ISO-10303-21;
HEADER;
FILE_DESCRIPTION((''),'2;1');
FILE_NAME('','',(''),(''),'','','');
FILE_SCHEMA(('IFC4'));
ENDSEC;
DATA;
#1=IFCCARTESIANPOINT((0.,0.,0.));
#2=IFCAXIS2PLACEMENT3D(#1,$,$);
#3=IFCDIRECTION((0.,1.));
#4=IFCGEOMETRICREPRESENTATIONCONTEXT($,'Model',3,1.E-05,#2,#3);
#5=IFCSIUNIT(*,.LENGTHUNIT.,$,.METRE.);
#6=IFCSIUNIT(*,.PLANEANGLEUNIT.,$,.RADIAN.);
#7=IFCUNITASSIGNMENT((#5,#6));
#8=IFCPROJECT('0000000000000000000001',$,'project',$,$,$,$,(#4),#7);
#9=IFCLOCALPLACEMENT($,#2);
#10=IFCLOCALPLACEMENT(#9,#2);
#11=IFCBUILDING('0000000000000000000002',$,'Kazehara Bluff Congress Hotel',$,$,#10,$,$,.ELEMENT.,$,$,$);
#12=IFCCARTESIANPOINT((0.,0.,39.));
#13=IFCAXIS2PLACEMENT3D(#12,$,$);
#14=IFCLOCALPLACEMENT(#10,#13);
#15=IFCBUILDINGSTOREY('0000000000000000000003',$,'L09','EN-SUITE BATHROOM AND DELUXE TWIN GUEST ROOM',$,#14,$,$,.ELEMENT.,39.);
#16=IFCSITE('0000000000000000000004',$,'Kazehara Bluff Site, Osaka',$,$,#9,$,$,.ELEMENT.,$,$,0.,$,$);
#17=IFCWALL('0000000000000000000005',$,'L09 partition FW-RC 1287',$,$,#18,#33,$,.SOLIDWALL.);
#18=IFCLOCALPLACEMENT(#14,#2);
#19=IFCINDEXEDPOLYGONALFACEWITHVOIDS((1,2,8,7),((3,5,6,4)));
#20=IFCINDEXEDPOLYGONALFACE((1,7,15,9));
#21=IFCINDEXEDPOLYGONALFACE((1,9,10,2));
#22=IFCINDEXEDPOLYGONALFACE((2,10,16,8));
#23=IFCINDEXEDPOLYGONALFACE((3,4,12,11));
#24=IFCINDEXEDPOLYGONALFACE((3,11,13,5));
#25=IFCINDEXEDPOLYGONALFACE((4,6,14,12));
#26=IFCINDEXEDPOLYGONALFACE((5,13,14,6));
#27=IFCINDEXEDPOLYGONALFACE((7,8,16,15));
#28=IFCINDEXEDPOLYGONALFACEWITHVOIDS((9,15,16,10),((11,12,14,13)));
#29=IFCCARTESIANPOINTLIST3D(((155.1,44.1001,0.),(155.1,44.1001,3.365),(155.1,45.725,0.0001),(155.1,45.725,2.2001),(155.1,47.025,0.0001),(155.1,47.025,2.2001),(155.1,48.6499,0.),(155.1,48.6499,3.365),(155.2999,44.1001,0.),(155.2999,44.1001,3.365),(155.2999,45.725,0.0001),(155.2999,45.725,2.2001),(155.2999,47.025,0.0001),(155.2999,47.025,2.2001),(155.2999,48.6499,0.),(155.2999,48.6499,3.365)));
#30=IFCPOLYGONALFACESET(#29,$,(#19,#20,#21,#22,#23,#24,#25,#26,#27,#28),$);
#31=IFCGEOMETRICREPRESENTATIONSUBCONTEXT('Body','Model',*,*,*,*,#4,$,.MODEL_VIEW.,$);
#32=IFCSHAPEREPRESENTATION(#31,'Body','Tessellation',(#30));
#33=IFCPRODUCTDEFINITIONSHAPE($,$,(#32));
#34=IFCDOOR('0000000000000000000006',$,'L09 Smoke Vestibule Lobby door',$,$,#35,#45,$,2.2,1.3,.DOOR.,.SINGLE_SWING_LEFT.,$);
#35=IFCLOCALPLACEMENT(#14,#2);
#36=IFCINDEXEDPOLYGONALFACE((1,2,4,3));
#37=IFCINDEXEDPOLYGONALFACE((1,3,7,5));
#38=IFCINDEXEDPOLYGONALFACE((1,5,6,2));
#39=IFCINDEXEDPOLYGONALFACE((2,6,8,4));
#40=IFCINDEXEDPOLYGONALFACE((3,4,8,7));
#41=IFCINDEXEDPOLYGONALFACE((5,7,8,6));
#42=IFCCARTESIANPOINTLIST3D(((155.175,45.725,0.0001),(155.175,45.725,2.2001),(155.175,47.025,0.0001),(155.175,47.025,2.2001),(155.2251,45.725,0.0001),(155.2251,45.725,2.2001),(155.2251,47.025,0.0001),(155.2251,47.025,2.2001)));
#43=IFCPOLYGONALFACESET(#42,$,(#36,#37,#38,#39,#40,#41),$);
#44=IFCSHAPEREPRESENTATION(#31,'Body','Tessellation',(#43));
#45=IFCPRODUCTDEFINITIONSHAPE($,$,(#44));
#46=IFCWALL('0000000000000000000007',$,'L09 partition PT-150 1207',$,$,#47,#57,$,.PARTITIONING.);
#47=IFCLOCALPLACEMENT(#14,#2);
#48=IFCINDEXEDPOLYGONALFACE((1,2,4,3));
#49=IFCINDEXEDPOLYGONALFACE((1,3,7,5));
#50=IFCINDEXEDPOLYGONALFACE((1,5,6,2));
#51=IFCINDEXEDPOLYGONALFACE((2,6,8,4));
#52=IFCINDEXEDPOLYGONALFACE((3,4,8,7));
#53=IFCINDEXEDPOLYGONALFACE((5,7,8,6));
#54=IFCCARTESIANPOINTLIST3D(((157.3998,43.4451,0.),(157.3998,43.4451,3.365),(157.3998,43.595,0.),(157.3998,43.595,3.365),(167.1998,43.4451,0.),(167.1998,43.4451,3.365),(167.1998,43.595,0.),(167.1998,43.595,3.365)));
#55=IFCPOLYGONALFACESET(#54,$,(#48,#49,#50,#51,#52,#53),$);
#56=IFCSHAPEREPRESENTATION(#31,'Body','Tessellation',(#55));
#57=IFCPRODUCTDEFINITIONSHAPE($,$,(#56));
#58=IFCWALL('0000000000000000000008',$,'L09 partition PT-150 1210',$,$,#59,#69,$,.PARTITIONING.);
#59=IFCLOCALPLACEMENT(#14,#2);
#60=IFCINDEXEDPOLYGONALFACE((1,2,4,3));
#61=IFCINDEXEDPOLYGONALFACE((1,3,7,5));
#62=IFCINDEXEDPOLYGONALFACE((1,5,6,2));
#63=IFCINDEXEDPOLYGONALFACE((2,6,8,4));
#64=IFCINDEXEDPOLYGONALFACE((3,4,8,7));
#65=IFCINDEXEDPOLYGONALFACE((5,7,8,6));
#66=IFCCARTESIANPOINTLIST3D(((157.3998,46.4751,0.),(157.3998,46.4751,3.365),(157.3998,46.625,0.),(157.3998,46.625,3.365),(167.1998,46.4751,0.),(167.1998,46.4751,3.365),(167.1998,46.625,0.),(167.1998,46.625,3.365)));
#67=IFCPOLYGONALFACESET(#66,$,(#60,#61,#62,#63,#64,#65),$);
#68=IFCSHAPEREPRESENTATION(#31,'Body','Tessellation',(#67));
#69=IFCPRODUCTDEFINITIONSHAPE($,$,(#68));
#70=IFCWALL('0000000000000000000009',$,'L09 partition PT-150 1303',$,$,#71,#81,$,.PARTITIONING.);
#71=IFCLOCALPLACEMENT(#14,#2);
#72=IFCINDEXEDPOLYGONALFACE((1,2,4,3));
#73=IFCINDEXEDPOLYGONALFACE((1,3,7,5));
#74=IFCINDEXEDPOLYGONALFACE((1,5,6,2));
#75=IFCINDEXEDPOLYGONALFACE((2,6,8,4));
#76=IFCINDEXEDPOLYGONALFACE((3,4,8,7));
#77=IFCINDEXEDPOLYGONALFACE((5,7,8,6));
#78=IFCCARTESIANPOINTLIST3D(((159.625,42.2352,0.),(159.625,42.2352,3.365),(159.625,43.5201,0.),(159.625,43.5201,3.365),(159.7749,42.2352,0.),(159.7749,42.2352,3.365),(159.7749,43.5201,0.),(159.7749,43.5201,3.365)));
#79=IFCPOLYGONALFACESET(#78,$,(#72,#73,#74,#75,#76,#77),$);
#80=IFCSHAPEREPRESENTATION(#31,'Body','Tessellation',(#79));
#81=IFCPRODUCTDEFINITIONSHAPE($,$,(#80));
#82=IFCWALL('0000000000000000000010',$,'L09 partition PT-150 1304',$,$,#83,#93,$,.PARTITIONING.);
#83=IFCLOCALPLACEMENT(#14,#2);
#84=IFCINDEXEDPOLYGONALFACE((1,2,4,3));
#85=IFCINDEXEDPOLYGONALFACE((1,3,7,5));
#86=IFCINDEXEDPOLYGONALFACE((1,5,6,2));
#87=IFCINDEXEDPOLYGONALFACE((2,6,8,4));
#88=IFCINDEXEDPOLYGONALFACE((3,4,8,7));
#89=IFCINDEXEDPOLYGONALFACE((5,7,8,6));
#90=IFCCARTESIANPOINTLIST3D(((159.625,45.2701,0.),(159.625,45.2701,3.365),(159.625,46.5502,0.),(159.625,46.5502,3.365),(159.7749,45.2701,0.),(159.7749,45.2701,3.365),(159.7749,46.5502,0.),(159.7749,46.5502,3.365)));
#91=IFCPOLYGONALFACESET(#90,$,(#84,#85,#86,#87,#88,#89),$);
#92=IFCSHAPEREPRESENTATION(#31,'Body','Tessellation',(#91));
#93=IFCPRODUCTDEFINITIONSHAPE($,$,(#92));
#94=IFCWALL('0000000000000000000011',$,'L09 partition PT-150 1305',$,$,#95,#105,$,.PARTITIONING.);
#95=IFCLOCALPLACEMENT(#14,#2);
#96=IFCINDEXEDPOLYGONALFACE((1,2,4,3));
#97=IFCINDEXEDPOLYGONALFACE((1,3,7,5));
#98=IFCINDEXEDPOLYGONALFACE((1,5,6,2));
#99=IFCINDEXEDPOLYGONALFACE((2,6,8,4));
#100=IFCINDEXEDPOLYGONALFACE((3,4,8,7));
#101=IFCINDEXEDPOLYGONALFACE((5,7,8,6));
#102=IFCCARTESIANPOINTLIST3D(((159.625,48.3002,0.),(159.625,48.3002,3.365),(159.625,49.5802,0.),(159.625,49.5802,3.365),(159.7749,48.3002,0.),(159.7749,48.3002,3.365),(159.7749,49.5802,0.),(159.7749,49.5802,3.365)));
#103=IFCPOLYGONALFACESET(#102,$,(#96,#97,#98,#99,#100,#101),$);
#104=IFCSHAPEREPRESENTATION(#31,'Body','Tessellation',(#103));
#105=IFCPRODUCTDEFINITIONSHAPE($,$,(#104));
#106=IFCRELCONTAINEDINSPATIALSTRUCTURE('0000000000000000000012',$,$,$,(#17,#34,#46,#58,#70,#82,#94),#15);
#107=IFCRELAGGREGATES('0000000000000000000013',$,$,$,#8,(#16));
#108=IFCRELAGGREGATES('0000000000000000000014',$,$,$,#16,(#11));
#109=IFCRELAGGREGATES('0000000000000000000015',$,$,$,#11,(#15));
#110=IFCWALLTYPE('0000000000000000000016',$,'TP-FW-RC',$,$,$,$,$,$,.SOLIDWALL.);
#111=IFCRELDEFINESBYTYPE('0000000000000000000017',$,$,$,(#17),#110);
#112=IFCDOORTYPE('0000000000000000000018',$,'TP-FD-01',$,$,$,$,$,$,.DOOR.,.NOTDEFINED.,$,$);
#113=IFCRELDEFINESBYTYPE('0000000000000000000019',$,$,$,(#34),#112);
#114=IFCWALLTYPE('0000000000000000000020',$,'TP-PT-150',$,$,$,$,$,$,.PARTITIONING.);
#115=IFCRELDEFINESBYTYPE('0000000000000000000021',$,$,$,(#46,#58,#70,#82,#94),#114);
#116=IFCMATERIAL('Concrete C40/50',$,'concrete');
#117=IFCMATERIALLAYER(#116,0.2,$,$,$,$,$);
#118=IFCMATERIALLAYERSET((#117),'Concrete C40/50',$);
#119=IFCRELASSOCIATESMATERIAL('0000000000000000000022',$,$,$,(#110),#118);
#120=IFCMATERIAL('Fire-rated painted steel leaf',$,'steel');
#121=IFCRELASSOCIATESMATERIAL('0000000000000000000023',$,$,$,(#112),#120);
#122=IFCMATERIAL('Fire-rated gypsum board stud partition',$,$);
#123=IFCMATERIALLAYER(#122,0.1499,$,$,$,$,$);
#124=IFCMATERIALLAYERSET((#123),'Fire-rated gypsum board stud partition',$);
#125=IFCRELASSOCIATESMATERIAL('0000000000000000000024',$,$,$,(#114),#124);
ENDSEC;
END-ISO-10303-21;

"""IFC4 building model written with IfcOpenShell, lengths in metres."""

from ifc_helpers import new_model, si_unit, direction, frame, frame_2d, origin, place, context, subcontext, project, spatial, rectangle, extrude, material, layer, layer_set, type_object, element, fill, save


model = new_model("IFC4")

# Units and contexts
model_context = context("Model", 3, precision=1e-05, world=origin(), true_north=direction((0.0, 1.0)))
body_context = subcontext(model_context, "Body", "Model", "MODEL_VIEW")
ifc_project = project(units=[si_unit("LENGTHUNIT", "METRE"), si_unit("PLANEANGLEUNIT", "RADIAN")], contexts=[model_context])

# Site, building, storey
site_placement = place(None, origin())
site = spatial("IfcSite", under=ifc_project, at=site_placement, Name="Kazehara Bluff Site, Osaka", CompositionType="ELEMENT", RefElevation=0.0)
building_placement = place(site_placement, origin())
building = spatial("IfcBuilding", under=site, at=building_placement, Name="Kazehara Bluff Congress Hotel", CompositionType="ELEMENT")
storey_placement = place(building_placement, frame((0.0, 0.0, 39.0)))
storey = spatial("IfcBuildingStorey", under=building, at=storey_placement, Name="L09", Description="EN-SUITE BATHROOM AND DELUXE TWIN GUEST ROOM", CompositionType="ELEMENT", Elevation=39.0)

# Wall, opening, door
ifc_material_1 = material(Name="Concrete C40/50", Category="concrete")
ifc_layer_1 = layer(ifc_material_1, 0.2)
ifc_layer_set_1 = layer_set([ifc_layer_1], Name="Concrete C40/50")
wall_type_1 = type_object("IfcWallType", Name="TP-FW-RC", PredefinedType="SOLIDWALL", material=ifc_layer_set_1)
wall_1_placement = place(storey_placement, frame((155.2, 44.1001, 0.0), z_axis=(0.0, 0.0, 1.0), x_axis=(0.0, 1.0, 0.0)))
wall_1 = element("IfcWall", 1, at=wall_1_placement, inside=storey, type_object=wall_type_1, Name="L09 partition FW-RC 1287", PredefinedType="SOLIDWALL", context=body_context, shape_type="SweptSolid", body=[
    extrude(rectangle(XDim=4.5498, YDim=0.2, at=frame_2d((2.2749, 0.0))), origin(), (0.0, 0.0, 1.0), 3.365),
])
opening_1_placement = place(wall_1_placement, frame((1.625, 0.0, 0.0)))
opening_1 = element("IfcOpeningElement", 2, at=opening_1_placement, cuts=wall_1, PredefinedType="OPENING", context=body_context, shape_type="SweptSolid", body=[
    extrude(rectangle(XDim=1.3, YDim=2.2, at=frame_2d((0.6499, 1.1001))), frame((0.0, 0.1099, 0.0), z_axis=(0.0, -1.0, 0.0), x_axis=(1.0, 0.0, 0.0)), (0.0, 0.0, 1.0), 0.22),
])
ifc_material_2 = material(Name="Fire-rated painted steel leaf", Category="steel")
door_type_1 = type_object("IfcDoorType", Name="TP-FD-01", OperationType="NOTDEFINED", PredefinedType="DOOR", material=ifc_material_2)
door_1_placement = place(opening_1_placement, origin())
door_1 = element("IfcDoor", 3, at=door_1_placement, inside=storey, type_object=door_type_1, Name="L09 Smoke Vestibule Lobby door", OperationType="SINGLE_SWING_LEFT", OverallHeight=2.2, OverallWidth=1.3, PredefinedType="DOOR", context=body_context, shape_type="SweptSolid", body=[
    extrude(rectangle(XDim=1.3, YDim=2.2, at=frame_2d((0.6499, 1.1001))), frame((0.0, 0.0249, 0.0), z_axis=(0.0, -1.0, 0.0), x_axis=(1.0, 0.0, 0.0)), (0.0, 0.0, 1.0), 0.05),
])
fill(opening_1, door_1)
ifc_material_3 = material(Name="Fire-rated gypsum board stud partition")
ifc_layer_2 = layer(ifc_material_3, 0.1499)
ifc_layer_set_2 = layer_set([ifc_layer_2], Name="Fire-rated gypsum board stud partition")
wall_type_2 = type_object("IfcWallType", Name="TP-PT-150", PredefinedType="PARTITIONING", material=ifc_layer_set_2)

# Wall
wall_2_placement = place(storey_placement, frame((157.3999, 43.52, 0.0), z_axis=(0.0, 0.0, 1.0), x_axis=(1.0, 0.0, 0.0)))
element("IfcWall", 4, at=wall_2_placement, inside=storey, type_object=wall_type_2, Name="L09 partition PT-150 1207", PredefinedType="PARTITIONING", context=body_context, shape_type="SweptSolid", body=[
    extrude(rectangle(XDim=9.8, YDim=0.1499, at=frame_2d((4.8999, 0.0))), origin(), (0.0, 0.0, 1.0), 3.365),
])

# Wall
wall_3_placement = place(storey_placement, frame((157.3999, 46.55, 0.0), z_axis=(0.0, 0.0, 1.0), x_axis=(1.0, 0.0, 0.0)))
element("IfcWall", 5, at=wall_3_placement, inside=storey, type_object=wall_type_2, Name="L09 partition PT-150 1210", PredefinedType="PARTITIONING", context=body_context, shape_type="SweptSolid", body=[
    extrude(rectangle(XDim=9.8, YDim=0.1499, at=frame_2d((4.8999, 0.0))), origin(), (0.0, 0.0, 1.0), 3.365),
])

# Walls
wall_4_placement = place(storey_placement, frame((159.7, 42.2351, 0.0), z_axis=(0.0, 0.0, 1.0), x_axis=(0.0, 1.0, 0.0)))
element("IfcWall", 6, at=wall_4_placement, inside=storey, type_object=wall_type_2, Name="L09 partition PT-150 1303", PredefinedType="PARTITIONING", context=body_context, shape_type="SweptSolid", body=[
    extrude(rectangle(XDim=1.2849, YDim=0.1499, at=frame_2d((0.6426, 0.0))), origin(), (0.0, 0.0, 1.0), 3.365),
])
for number, where, z_axis, x_axis, name in (
    (7, (159.7, 45.27, 0.0), (0.0, 0.0, 1.0), (0.0, 1.0, 0.0), "L09 partition PT-150 1304"),
    (8, (159.7, 48.3, 0.0), (0.0, 0.0, 1.0), (0.0, 1.0, 0.0), "L09 partition PT-150 1305"),
):
    element("IfcWall", number, at=place(storey_placement, frame(where, z_axis=z_axis, x_axis=x_axis)), inside=storey, type_object=wall_type_2, Name=name, PredefinedType="PARTITIONING", context=body_context, shape_type="SweptSolid", body=[
        extrude(rectangle(XDim=1.28, YDim=0.1499, at=frame_2d((0.6401, 0.0))), origin(), (0.0, 0.0, 1.0), 3.365),
    ])

save(model, "model.ifc")
